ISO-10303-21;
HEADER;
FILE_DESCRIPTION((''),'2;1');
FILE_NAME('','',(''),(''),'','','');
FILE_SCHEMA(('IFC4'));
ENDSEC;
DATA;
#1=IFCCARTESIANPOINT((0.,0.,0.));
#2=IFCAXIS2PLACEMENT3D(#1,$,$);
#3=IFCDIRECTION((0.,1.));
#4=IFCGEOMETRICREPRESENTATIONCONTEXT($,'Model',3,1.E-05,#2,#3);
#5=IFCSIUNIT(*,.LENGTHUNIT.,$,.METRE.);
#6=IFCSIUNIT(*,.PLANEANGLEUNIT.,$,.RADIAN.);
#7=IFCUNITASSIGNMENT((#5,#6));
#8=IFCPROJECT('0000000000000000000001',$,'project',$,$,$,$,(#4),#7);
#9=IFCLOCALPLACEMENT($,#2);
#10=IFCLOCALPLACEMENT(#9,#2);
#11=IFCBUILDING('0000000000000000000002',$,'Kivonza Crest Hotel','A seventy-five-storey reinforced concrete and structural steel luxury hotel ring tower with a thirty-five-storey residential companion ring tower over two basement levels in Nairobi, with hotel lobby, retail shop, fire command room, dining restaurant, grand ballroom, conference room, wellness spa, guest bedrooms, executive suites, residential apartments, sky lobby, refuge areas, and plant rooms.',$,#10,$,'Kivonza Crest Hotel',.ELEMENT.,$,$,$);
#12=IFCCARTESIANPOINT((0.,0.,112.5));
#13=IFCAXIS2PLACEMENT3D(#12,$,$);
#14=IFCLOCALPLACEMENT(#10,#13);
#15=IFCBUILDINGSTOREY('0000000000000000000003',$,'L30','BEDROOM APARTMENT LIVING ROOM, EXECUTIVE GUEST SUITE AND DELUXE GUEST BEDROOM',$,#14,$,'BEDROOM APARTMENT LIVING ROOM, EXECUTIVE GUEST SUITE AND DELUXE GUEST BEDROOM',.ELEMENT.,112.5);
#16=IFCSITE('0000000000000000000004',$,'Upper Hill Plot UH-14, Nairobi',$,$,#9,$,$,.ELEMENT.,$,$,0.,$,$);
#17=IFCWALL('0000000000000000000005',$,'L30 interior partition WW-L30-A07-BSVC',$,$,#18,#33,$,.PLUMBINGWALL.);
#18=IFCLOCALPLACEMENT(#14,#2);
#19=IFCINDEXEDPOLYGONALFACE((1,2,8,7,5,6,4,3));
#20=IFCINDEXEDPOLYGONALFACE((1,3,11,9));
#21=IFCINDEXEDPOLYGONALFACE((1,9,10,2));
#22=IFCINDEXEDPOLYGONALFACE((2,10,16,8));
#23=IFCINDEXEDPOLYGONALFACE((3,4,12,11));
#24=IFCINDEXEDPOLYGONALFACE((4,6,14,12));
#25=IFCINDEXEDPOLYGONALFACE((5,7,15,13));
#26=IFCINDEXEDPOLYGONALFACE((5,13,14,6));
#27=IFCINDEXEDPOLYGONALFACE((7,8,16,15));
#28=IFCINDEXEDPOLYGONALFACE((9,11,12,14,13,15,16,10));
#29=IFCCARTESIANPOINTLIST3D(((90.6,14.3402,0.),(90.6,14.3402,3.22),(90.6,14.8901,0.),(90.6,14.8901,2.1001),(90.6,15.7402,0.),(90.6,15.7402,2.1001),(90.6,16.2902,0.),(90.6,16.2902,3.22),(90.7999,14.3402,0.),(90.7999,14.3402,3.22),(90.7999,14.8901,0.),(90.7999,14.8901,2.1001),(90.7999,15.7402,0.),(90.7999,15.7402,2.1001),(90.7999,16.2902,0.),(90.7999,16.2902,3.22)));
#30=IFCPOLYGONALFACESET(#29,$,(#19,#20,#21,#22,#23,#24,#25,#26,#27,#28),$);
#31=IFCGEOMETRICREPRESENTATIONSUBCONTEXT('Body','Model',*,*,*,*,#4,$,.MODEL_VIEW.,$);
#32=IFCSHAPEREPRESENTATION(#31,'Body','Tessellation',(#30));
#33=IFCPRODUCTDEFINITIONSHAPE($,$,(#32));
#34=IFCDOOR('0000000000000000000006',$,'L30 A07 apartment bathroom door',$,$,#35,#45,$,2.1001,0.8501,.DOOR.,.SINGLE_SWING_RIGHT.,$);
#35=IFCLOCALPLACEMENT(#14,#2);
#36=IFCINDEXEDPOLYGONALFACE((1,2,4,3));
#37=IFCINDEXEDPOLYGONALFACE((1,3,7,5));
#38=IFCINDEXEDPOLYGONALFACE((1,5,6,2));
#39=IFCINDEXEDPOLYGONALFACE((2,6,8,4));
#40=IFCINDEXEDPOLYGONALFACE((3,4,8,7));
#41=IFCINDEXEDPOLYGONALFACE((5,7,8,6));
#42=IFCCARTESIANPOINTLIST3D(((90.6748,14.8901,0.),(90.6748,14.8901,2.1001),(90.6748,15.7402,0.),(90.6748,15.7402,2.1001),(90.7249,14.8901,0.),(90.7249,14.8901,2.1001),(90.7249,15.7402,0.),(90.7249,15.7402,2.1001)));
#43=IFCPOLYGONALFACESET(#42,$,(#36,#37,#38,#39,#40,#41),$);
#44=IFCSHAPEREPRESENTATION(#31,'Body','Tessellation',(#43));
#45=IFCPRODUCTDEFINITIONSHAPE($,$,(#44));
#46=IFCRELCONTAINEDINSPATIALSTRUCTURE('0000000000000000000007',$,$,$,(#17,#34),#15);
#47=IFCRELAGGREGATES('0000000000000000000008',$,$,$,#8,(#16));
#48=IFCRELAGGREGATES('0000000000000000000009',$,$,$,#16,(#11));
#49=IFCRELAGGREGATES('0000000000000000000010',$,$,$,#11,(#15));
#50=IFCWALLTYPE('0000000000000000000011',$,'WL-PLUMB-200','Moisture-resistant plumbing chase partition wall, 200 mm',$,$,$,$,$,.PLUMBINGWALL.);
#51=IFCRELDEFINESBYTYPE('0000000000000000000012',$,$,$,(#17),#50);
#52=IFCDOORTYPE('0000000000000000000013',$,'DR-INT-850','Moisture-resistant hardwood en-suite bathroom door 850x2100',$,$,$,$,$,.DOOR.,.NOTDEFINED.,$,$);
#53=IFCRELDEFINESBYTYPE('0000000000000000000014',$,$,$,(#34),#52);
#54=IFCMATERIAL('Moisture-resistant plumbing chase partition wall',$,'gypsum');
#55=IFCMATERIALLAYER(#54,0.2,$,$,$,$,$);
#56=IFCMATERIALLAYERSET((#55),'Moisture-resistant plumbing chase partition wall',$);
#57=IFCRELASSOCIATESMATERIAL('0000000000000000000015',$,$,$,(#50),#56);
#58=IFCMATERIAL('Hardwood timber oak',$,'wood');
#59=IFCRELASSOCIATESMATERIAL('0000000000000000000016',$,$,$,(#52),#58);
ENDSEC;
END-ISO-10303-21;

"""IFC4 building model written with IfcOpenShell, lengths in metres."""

from ifc_helpers import new_model, si_unit, direction, frame, frame_2d, origin, place, context, subcontext, project, spatial, rectangle, extrude, material, layer, layer_set, type_object, element, fill, save


model = new_model("IFC4")

# Units and contexts
model_context = context("Model", 3, precision=1e-05, world=origin(), true_north=direction((0.0, 1.0)))
body_context = subcontext(model_context, "Body", "Model", "MODEL_VIEW")
ifc_project = project(units=[si_unit("LENGTHUNIT", "METRE"), si_unit("PLANEANGLEUNIT", "RADIAN")], contexts=[model_context])

# Site, building, storey
site_placement = place(None, origin())
site = spatial("IfcSite", under=ifc_project, at=site_placement, Name="Upper Hill Plot UH-14, Nairobi", CompositionType="ELEMENT", RefElevation=0.0)
building_placement = place(site_placement, origin())
building = spatial("IfcBuilding", under=site, at=building_placement, Name="Kivonza Crest Hotel", Description="A seventy-five-storey reinforced concrete and structural steel luxury hotel ring tower with a thirty-five-storey residential companion ring tower over two basement levels in Nairobi, with hotel lobby, retail shop, fire command room, dining restaurant, grand ballroom, conference room, wellness spa, guest bedrooms, executive suites, residential apartments, sky lobby, refuge areas, and plant rooms.", LongName="Kivonza Crest Hotel", CompositionType="ELEMENT")
storey_placement = place(building_placement, frame((0.0, 0.0, 112.5)))
storey = spatial("IfcBuildingStorey", under=building, at=storey_placement, Name="L30", Description="BEDROOM APARTMENT LIVING ROOM, EXECUTIVE GUEST SUITE AND DELUXE GUEST BEDROOM", LongName="BEDROOM APARTMENT LIVING ROOM, EXECUTIVE GUEST SUITE AND DELUXE GUEST BEDROOM", CompositionType="ELEMENT", Elevation=112.5)

# Shared definitions
ifc_material_1 = material(Name="Hardwood timber oak", Category="wood")

# Shared definitions
ifc_material_2 = material(Name="Moisture-resistant plumbing chase partition wall", Category="gypsum")
ifc_layer_1 = layer(ifc_material_2, 0.2)
ifc_layer_set_1 = layer_set([ifc_layer_1], Name="Moisture-resistant plumbing chase partition wall")
wall_type_1 = type_object("IfcWallType", Name="WL-PLUMB-200", Description="Moisture-resistant plumbing chase partition wall, 200 mm", PredefinedType="PLUMBINGWALL", material=ifc_layer_set_1)

# Wall, opening, door
wall_1_placement = place(storey_placement, frame((90.7, 14.3401, 0.0), z_axis=(0.0, 0.0, 1.0), x_axis=(0.0, 1.0, 0.0)))
wall_1 = element("IfcWall", 1, at=wall_1_placement, inside=storey, type_object=wall_type_1, Name="L30 interior partition WW-L30-A07-BSVC", PredefinedType="PLUMBINGWALL", context=body_context, shape_type="SweptSolid", body=[
    extrude(rectangle(XDim=1.95, YDim=0.2, at=frame_2d((0.9751, 0.0))), origin(), (0.0, 0.0, 1.0), 3.22),
])
opening_1_placement = place(wall_1_placement, frame((0.55, 0.0, 0.0)))
opening_1 = element("IfcOpeningElement", 2, at=opening_1_placement, cuts=wall_1, PredefinedType="OPENING", context=body_context, shape_type="SweptSolid", body=[
    extrude(rectangle(XDim=0.8501, YDim=2.1001, at=frame_2d((0.425, 1.05))), frame((0.0, 0.1099, 0.0), z_axis=(0.0, -1.0, 0.0), x_axis=(1.0, 0.0, 0.0)), (0.0, 0.0, 1.0), 0.22),
])
door_type_1 = type_object("IfcDoorType", Name="DR-INT-850", Description="Moisture-resistant hardwood en-suite bathroom door 850x2100", OperationType="NOTDEFINED", PredefinedType="DOOR", material=ifc_material_1)
door_1_placement = place(opening_1_placement, frame((0.8501, 0.0, 0.0), z_axis=(0.0, 0.0, 1.0), x_axis=(-1.0, 0.0, 0.0)))
door_1 = element("IfcDoor", 3, at=door_1_placement, inside=storey, type_object=door_type_1, Name="L30 A07 apartment bathroom door", OperationType="SINGLE_SWING_RIGHT", OverallHeight=2.1001, OverallWidth=0.8501, PredefinedType="DOOR", context=body_context, shape_type="SweptSolid", body=[
    extrude(rectangle(XDim=0.8501, YDim=2.1001, at=frame_2d((0.425, 1.05))), frame((0.0, 0.0249, 0.0), z_axis=(0.0, -1.0, 0.0), x_axis=(1.0, 0.0, 0.0)), (0.0, 0.0, 1.0), 0.05),
])
fill(opening_1, door_1)

save(model, "model.ifc")
